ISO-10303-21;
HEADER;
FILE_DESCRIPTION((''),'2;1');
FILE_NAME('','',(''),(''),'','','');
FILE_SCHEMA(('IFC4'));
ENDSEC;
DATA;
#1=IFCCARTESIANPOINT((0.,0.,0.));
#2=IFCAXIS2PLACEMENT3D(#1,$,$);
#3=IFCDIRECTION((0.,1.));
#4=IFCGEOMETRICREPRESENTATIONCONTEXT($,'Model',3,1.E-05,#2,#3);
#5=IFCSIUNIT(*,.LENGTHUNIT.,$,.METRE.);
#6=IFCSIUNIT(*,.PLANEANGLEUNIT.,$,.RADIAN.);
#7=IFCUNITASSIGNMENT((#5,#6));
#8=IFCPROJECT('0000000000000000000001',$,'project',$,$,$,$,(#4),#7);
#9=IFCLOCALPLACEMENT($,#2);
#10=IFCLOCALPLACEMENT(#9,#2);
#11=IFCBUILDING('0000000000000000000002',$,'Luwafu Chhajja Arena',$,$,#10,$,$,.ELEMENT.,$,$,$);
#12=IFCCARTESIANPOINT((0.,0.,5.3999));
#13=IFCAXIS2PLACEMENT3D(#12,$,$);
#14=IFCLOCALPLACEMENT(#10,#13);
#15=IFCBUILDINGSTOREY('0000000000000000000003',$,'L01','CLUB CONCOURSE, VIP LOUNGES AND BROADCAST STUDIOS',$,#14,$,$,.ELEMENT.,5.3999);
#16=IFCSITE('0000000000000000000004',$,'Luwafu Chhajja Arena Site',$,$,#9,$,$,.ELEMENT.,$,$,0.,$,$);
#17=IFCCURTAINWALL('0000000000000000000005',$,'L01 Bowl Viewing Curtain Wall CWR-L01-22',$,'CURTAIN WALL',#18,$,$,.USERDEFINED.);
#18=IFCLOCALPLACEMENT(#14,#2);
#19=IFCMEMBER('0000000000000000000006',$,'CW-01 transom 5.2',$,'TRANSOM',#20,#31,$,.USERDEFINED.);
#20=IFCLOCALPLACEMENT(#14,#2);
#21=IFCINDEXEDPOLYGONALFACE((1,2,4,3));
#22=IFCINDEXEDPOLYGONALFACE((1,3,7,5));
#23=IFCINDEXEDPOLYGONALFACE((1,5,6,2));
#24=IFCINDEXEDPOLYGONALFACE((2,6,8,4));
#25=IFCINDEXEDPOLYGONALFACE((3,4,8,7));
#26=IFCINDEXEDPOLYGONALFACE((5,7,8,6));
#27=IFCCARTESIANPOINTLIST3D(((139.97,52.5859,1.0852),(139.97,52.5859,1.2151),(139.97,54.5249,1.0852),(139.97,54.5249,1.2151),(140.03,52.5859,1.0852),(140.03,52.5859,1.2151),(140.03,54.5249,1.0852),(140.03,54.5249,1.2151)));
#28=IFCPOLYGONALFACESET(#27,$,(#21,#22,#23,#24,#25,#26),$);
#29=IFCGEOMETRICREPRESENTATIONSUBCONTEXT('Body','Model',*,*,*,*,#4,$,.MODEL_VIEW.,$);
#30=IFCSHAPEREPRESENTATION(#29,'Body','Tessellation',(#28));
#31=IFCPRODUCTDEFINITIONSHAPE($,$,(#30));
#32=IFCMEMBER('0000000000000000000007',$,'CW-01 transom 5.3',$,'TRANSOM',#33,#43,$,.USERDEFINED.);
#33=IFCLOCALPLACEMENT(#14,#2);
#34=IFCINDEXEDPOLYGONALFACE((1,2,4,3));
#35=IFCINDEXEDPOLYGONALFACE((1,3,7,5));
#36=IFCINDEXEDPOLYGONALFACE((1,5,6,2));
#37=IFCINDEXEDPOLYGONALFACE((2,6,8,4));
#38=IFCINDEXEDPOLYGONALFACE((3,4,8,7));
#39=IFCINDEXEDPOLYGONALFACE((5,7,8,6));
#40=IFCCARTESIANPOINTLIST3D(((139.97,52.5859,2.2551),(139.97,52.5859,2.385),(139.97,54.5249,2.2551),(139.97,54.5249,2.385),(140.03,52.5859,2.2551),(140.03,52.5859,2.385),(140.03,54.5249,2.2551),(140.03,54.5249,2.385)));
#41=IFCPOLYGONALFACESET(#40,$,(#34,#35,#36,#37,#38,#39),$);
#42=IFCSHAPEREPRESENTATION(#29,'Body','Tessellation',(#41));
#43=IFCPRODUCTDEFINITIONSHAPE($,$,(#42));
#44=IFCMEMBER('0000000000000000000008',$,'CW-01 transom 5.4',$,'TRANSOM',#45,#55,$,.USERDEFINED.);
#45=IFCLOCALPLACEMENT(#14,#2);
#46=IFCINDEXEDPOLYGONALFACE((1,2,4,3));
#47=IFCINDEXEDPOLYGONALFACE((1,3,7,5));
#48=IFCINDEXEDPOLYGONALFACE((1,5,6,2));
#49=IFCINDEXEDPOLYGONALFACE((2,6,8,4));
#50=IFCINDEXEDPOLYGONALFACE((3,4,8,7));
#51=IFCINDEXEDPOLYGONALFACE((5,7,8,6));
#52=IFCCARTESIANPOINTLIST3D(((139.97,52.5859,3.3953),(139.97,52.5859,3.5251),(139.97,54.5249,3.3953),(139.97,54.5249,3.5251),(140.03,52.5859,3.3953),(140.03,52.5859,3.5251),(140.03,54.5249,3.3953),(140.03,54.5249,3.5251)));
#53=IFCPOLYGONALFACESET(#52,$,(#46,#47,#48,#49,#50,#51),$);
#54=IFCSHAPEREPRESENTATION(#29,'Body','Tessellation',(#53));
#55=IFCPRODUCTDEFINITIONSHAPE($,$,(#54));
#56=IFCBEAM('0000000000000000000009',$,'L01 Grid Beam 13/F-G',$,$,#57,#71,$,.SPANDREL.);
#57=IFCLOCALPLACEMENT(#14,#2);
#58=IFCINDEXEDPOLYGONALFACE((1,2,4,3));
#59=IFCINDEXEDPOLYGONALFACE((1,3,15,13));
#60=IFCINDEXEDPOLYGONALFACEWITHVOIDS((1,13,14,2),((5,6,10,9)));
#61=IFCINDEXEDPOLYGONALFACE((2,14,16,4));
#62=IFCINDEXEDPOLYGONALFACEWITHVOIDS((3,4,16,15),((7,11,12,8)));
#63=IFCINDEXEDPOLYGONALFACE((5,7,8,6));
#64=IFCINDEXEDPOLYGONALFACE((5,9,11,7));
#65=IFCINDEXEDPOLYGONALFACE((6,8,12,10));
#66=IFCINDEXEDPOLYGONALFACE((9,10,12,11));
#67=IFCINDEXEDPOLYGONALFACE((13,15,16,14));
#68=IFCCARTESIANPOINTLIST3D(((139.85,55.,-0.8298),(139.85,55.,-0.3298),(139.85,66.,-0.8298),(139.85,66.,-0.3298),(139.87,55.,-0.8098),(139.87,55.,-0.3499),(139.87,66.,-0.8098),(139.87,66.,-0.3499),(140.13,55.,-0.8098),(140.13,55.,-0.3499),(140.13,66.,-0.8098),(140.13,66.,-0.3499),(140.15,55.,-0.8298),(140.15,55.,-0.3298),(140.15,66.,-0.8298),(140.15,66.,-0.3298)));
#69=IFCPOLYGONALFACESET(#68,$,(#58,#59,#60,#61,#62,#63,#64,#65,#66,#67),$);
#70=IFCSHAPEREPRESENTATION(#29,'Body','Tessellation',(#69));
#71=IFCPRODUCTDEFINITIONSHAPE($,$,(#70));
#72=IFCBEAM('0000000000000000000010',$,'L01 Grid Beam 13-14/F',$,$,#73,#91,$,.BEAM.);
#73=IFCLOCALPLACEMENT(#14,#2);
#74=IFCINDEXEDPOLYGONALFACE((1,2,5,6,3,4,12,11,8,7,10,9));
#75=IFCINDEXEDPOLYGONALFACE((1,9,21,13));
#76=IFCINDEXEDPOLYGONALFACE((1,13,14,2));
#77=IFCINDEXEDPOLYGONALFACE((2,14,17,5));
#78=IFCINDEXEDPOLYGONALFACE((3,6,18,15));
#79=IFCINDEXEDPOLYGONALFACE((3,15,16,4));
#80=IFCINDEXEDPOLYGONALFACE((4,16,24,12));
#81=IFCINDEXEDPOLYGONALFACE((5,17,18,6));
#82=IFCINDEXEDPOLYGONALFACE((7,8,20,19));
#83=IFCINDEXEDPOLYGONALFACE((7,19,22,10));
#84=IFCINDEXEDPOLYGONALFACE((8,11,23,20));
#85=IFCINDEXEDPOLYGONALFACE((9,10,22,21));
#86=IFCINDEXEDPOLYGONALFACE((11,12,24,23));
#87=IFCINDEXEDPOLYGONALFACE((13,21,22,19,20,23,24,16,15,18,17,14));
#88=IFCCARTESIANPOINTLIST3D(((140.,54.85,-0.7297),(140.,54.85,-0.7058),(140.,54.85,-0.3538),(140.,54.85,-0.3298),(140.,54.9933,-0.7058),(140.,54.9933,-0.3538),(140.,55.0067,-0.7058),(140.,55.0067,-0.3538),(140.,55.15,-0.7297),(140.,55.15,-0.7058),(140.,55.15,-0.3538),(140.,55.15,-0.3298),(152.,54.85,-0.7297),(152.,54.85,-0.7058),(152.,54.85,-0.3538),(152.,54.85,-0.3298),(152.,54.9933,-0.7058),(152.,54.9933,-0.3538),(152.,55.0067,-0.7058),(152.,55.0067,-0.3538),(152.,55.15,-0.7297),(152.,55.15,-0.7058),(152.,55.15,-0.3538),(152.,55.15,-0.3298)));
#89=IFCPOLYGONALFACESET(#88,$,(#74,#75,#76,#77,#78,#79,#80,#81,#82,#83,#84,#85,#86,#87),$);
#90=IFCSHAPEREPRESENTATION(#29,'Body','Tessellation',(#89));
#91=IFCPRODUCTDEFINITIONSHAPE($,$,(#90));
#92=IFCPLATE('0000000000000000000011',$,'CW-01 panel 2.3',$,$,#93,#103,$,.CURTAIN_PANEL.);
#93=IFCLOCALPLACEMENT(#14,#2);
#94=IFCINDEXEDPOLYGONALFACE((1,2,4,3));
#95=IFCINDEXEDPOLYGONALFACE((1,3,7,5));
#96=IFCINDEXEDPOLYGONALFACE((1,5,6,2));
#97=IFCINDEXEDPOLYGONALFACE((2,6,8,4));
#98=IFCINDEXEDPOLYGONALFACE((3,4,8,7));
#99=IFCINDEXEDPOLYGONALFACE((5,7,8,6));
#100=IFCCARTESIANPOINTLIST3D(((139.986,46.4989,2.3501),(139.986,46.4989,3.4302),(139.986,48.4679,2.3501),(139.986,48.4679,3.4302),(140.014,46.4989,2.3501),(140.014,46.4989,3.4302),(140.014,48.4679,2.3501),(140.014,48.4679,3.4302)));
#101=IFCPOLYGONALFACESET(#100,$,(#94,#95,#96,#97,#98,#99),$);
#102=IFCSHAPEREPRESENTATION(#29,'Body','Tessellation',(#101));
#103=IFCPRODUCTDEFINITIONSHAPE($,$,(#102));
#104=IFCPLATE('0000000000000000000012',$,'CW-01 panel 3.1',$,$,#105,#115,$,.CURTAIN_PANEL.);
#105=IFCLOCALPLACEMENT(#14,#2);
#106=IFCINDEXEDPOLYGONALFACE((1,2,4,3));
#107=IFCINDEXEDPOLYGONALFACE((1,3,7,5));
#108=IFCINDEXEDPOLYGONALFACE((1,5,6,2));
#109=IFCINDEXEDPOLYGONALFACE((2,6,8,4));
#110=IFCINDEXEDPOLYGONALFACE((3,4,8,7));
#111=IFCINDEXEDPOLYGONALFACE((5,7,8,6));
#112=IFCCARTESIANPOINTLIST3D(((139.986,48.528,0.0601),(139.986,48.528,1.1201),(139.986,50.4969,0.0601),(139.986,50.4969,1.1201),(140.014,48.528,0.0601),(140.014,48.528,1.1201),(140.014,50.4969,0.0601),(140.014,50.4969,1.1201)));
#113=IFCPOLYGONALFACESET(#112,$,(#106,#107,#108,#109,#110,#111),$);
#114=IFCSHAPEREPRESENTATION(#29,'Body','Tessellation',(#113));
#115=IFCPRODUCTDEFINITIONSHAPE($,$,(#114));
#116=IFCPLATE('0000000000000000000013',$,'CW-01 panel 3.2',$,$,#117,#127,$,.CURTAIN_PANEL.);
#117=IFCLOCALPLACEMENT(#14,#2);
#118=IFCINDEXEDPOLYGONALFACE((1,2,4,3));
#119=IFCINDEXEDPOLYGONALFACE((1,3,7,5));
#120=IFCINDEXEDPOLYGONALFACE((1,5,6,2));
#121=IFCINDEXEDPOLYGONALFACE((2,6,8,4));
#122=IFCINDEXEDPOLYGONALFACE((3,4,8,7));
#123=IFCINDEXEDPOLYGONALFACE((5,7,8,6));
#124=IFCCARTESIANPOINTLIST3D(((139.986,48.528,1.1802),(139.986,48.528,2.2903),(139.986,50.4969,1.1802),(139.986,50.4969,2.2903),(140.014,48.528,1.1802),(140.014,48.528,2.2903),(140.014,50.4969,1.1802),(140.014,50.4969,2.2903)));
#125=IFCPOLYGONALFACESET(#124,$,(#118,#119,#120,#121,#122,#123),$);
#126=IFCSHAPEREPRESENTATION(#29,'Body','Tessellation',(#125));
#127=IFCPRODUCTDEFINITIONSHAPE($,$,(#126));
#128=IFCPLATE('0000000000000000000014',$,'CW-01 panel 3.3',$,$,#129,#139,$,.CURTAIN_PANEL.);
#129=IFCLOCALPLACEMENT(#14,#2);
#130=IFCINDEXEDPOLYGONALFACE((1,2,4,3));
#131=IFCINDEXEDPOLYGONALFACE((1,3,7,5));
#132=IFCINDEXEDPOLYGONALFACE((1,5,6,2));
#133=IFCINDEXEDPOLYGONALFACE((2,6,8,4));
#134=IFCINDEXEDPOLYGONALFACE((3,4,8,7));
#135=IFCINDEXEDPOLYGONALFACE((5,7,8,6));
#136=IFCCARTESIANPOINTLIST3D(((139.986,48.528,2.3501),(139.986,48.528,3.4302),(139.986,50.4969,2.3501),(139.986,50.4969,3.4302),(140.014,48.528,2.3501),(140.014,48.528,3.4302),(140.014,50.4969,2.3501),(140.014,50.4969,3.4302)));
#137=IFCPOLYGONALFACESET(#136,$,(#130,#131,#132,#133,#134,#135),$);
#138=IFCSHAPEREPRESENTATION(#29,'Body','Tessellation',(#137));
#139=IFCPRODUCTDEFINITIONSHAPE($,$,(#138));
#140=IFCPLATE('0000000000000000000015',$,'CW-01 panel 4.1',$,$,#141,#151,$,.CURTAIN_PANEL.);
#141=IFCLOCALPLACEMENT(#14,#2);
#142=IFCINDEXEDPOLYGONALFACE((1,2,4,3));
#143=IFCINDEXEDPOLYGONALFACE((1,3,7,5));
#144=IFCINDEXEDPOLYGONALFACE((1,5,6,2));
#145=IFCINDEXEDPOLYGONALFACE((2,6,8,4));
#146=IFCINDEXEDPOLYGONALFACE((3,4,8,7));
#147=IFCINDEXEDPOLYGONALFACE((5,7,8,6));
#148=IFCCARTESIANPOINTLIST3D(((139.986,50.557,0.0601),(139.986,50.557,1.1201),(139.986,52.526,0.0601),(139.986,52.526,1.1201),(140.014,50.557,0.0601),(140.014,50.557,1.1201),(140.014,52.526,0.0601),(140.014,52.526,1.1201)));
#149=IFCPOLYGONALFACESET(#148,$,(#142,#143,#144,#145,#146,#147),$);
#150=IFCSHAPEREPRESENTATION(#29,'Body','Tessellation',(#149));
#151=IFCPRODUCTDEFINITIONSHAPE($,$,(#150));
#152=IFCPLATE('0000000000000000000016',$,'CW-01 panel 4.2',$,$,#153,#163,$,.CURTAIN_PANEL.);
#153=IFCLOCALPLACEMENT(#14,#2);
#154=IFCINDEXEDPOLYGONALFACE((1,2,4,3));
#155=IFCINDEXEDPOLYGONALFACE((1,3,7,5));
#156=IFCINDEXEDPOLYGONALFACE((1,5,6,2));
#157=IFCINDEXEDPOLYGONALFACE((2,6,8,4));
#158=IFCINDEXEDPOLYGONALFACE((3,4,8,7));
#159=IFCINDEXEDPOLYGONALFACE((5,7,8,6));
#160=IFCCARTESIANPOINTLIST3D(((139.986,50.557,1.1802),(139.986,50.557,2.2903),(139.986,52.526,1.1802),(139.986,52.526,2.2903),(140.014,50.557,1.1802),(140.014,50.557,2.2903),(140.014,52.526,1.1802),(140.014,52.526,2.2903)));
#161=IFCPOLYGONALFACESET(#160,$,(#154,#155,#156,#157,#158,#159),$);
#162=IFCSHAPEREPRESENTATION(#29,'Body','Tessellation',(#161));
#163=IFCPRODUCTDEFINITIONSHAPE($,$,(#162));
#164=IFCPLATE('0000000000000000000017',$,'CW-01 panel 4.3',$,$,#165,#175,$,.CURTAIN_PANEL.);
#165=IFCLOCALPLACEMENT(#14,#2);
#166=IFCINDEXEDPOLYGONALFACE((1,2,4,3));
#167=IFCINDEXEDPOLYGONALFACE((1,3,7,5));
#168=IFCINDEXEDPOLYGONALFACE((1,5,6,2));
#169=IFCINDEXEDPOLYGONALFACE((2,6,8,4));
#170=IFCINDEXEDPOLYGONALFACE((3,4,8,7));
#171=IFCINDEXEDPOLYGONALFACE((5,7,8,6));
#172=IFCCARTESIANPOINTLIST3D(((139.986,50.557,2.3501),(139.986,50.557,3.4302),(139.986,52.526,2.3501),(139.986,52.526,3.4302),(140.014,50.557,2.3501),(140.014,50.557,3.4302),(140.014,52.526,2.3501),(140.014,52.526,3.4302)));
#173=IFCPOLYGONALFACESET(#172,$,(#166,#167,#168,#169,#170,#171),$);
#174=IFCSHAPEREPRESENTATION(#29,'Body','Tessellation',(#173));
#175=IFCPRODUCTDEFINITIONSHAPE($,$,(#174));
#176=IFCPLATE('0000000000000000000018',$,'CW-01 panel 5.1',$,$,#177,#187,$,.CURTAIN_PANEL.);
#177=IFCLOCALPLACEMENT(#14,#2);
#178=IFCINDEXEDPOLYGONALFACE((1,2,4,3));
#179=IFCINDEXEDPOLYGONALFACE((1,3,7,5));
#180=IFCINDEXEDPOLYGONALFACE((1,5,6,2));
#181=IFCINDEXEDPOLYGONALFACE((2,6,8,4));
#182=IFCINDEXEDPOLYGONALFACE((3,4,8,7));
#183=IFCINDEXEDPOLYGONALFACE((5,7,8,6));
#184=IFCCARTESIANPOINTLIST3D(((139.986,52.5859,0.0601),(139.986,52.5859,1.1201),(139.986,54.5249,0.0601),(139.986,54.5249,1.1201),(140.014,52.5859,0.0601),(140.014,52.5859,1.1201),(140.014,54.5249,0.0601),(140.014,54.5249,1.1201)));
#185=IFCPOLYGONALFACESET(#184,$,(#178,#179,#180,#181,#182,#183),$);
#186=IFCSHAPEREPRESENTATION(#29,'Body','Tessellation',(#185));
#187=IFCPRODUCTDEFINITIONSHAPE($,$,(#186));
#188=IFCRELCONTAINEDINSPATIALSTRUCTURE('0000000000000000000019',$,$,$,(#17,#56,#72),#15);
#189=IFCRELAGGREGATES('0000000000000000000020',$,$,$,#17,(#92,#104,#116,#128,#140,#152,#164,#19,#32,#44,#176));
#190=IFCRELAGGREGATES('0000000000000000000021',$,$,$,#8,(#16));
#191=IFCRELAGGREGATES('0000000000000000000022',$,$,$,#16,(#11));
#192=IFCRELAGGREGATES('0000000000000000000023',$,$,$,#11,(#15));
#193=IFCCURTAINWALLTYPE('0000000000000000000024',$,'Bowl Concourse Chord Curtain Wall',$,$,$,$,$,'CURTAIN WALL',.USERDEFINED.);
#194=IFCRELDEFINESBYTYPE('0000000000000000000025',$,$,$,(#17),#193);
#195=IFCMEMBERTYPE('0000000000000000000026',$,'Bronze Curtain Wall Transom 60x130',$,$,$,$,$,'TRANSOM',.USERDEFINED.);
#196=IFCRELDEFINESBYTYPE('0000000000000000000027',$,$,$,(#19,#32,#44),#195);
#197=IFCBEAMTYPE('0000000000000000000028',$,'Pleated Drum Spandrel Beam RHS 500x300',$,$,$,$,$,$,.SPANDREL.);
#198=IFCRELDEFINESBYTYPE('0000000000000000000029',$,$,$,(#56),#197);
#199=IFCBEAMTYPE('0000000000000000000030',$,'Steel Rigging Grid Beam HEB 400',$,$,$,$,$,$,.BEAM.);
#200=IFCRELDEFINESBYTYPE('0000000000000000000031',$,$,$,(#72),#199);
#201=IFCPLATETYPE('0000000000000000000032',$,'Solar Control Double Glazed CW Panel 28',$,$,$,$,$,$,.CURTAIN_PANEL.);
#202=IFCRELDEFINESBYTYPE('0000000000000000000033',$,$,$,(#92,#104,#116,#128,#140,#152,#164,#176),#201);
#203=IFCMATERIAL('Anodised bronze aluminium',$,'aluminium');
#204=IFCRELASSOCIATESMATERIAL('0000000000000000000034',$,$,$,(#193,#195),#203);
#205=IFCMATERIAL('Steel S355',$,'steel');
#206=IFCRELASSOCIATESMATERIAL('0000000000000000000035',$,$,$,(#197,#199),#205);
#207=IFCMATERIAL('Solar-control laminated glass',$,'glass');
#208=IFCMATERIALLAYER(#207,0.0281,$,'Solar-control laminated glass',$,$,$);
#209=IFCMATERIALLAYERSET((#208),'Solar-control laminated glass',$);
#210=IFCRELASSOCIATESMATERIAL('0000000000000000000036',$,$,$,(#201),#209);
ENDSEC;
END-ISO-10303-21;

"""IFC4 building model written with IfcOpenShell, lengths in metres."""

from ifc_helpers import new_model, si_unit, direction, frame, origin, origin_2d, place, context, subcontext, project, spatial, rectangle, hollow_rectangle, i_section, extrude, material, layer, layer_set, material_profile, profile_set, type_object, element, aggregate, save


model = new_model("IFC4")

# Units and contexts
model_context = context("Model", 3, precision=1e-05, world=origin(), true_north=direction((0.0, 1.0)))
body_context = subcontext(model_context, "Body", "Model", "MODEL_VIEW")
ifc_project = project(units=[si_unit("LENGTHUNIT", "METRE"), si_unit("PLANEANGLEUNIT", "RADIAN")], contexts=[model_context])

# Site, building, storey
site_placement = place(None, origin())
site = spatial("IfcSite", under=ifc_project, at=site_placement, Name="Luwafu Chhajja Arena Site", CompositionType="ELEMENT", RefElevation=0.0)
building_placement = place(site_placement, origin())
building = spatial("IfcBuilding", under=site, at=building_placement, Name="Luwafu Chhajja Arena", CompositionType="ELEMENT")
storey_placement = place(building_placement, frame((0.0, 0.0, 5.3999)))
storey = spatial("IfcBuildingStorey", under=building, at=storey_placement, Name="L01", Description="CLUB CONCOURSE, VIP LOUNGES AND BROADCAST STUDIOS", CompositionType="ELEMENT", Elevation=5.3999)

# Curtain wall, members
ifc_material_1 = material(Name="Anodised bronze aluminium", Category="aluminium")
curtain_wall_type = type_object("IfcCurtainWallType", Name="Bowl Concourse Chord Curtain Wall", ElementType="CURTAIN WALL", PredefinedType="USERDEFINED", material=ifc_material_1)
curtain_wall_placement = place(storey_placement, origin())
curtain_wall = element("IfcCurtainWall", 1, at=curtain_wall_placement, inside=storey, type_object=curtain_wall_type, Name="L01 Bowl Viewing Curtain Wall CWR-L01-22", ObjectType="CURTAIN WALL", PredefinedType="USERDEFINED")
ifc_material_profile_1 = material_profile(ifc_material_1, rectangle(XDim=0.0601, YDim=0.1299, at=origin_2d()), Name="CWT 60x130")
ifc_profile_set_1 = profile_set([ifc_material_profile_1], Name="Anodised bronze aluminium")
member_type_1 = type_object("IfcMemberType", Name="Bronze Curtain Wall Transom 60x130", ElementType="TRANSOM", PredefinedType="USERDEFINED", material=ifc_profile_set_1)
member_1_placement = place(storey_placement, frame((140.0, 52.5859, 1.1501), z_axis=(0.0, 1.0, 0.0), x_axis=(-1.0, 0.0, 0.0)))
member_1 = element("IfcMember", 2, at=member_1_placement, type_object=member_type_1, Name="CW-01 transom 5.2", ObjectType="TRANSOM", PredefinedType="USERDEFINED", context=body_context, shape_type="SweptSolid", body=[
    extrude(rectangle(XDim=0.0601, YDim=0.1299, at=origin_2d()), origin(), (0.0, 0.0, 1.0), 1.939),
])
member_2_placement = place(storey_placement, frame((140.0, 52.5859, 2.3201), z_axis=(0.0, 1.0, 0.0), x_axis=(-1.0, 0.0, 0.0)))
member_2 = element("IfcMember", 3, at=member_2_placement, type_object=member_type_1, Name="CW-01 transom 5.3", ObjectType="TRANSOM", PredefinedType="USERDEFINED", context=body_context, shape_type="SweptSolid", body=[
    extrude(rectangle(XDim=0.0601, YDim=0.1299, at=origin_2d()), origin(), (0.0, 0.0, 1.0), 1.939),
])
member_3_placement = place(storey_placement, frame((140.0, 52.5859, 3.4602), z_axis=(0.0, 1.0, 0.0), x_axis=(-1.0, 0.0, 0.0)))
member_3 = element("IfcMember", 4, at=member_3_placement, type_object=member_type_1, Name="CW-01 transom 5.4", ObjectType="TRANSOM", PredefinedType="USERDEFINED", context=body_context, shape_type="SweptSolid", body=[
    extrude(rectangle(XDim=0.0601, YDim=0.1299, at=origin_2d()), origin(), (0.0, 0.0, 1.0), 1.939),
])

# Beams
ifc_material_2 = material(Name="Steel S355", Category="steel")
ifc_material_profile_2 = material_profile(ifc_material_2, hollow_rectangle(XDim=0.3, YDim=0.5, WallThickness=0.02, at=origin_2d()), Name="RHS 500x300x20")
ifc_profile_set_2 = profile_set([ifc_material_profile_2], Name="Steel S355")
beam_type_1 = type_object("IfcBeamType", Name="Pleated Drum Spandrel Beam RHS 500x300", PredefinedType="SPANDREL", material=ifc_profile_set_2)
beam_1_placement = place(storey_placement, frame((140.0, 55.0, -0.5798), z_axis=(0.0, 1.0, 0.0), x_axis=(-1.0, 0.0, 0.0)))
element("IfcBeam", 5, at=beam_1_placement, inside=storey, type_object=beam_type_1, Name="L01 Grid Beam 13/F-G", PredefinedType="SPANDREL", context=body_context, shape_type="SweptSolid", body=[
    extrude(hollow_rectangle(XDim=0.3, YDim=0.5, WallThickness=0.02, at=origin_2d()), origin(), (0.0, 0.0, 1.0), 11.0),
])
ifc_material_profile_3 = material_profile(ifc_material_2, i_section(OverallWidth=0.3, OverallDepth=0.3999, WebThickness=0.0134, FlangeThickness=0.0239, at=origin_2d()), Name="HEB 400")
ifc_profile_set_3 = profile_set([ifc_material_profile_3], Name="Steel S355")
beam_type_2 = type_object("IfcBeamType", Name="Steel Rigging Grid Beam HEB 400", PredefinedType="BEAM", material=ifc_profile_set_3)
beam_2_placement = place(storey_placement, frame((140.0, 55.0, -0.5298), z_axis=(1.0, 0.0, 0.0), x_axis=(0.0, 1.0, 0.0)))
element("IfcBeam", 6, at=beam_2_placement, inside=storey, type_object=beam_type_2, Name="L01 Grid Beam 13-14/F", PredefinedType="BEAM", context=body_context, shape_type="SweptSolid", body=[
    extrude(i_section(OverallWidth=0.3, OverallDepth=0.3999, WebThickness=0.0134, FlangeThickness=0.0239, at=origin_2d()), origin(), (0.0, 0.0, 1.0), 12.0),
])

# Plates
ifc_material_3 = material(Name="Solar-control laminated glass", Category="glass")
ifc_layer = layer(ifc_material_3, 0.0281, Name="Solar-control laminated glass")
ifc_layer_set = layer_set([ifc_layer], Name="Solar-control laminated glass")
plate_type = type_object("IfcPlateType", Name="Solar Control Double Glazed CW Panel 28", PredefinedType="CURTAIN_PANEL", material=ifc_layer_set)
plate_1_placement = place(storey_placement, frame((140.0, 47.4834, 2.3501), z_axis=(0.0, 0.0, 1.0), x_axis=(0.0, 1.0, 0.0)))
plate_1 = element("IfcPlate", 7, at=plate_1_placement, type_object=plate_type, Name="CW-01 panel 2.3", PredefinedType="CURTAIN_PANEL", context=body_context, shape_type="SweptSolid", body=[
    extrude(rectangle(XDim=1.969, YDim=0.0281, at=origin_2d()), origin(), (0.0, 0.0, 1.0), 1.0801),
])
plate_2_placement = place(storey_placement, frame((140.0, 49.5125, 0.0601), z_axis=(0.0, 0.0, 1.0), x_axis=(0.0, 1.0, 0.0)))
plate_2 = element("IfcPlate", 8, at=plate_2_placement, type_object=plate_type, Name="CW-01 panel 3.1", PredefinedType="CURTAIN_PANEL", context=body_context, shape_type="SweptSolid", body=[
    extrude(rectangle(XDim=1.969, YDim=0.0281, at=origin_2d()), origin(), (0.0, 0.0, 1.0), 1.0601),
])
plate_3_placement = place(storey_placement, frame((140.0, 49.5125, 1.1802), z_axis=(0.0, 0.0, 1.0), x_axis=(0.0, 1.0, 0.0)))
plate_3 = element("IfcPlate", 9, at=plate_3_placement, type_object=plate_type, Name="CW-01 panel 3.2", PredefinedType="CURTAIN_PANEL", context=body_context, shape_type="SweptSolid", body=[
    extrude(rectangle(XDim=1.969, YDim=0.0281, at=origin_2d()), origin(), (0.0, 0.0, 1.0), 1.1101),
])
plate_4_placement = place(storey_placement, frame((140.0, 49.5125, 2.3501), z_axis=(0.0, 0.0, 1.0), x_axis=(0.0, 1.0, 0.0)))
plate_4 = element("IfcPlate", 10, at=plate_4_placement, type_object=plate_type, Name="CW-01 panel 3.3", PredefinedType="CURTAIN_PANEL", context=body_context, shape_type="SweptSolid", body=[
    extrude(rectangle(XDim=1.969, YDim=0.0281, at=origin_2d()), origin(), (0.0, 0.0, 1.0), 1.0801),
])
plate_5_placement = place(storey_placement, frame((140.0, 51.5415, 0.0601), z_axis=(0.0, 0.0, 1.0), x_axis=(0.0, 1.0, 0.0)))
plate_5 = element("IfcPlate", 11, at=plate_5_placement, type_object=plate_type, Name="CW-01 panel 4.1", PredefinedType="CURTAIN_PANEL", context=body_context, shape_type="SweptSolid", body=[
    extrude(rectangle(XDim=1.969, YDim=0.0281, at=origin_2d()), origin(), (0.0, 0.0, 1.0), 1.0601),
])
plate_6_placement = place(storey_placement, frame((140.0, 51.5415, 1.1802), z_axis=(0.0, 0.0, 1.0), x_axis=(0.0, 1.0, 0.0)))
plate_6 = element("IfcPlate", 12, at=plate_6_placement, type_object=plate_type, Name="CW-01 panel 4.2", PredefinedType="CURTAIN_PANEL", context=body_context, shape_type="SweptSolid", body=[
    extrude(rectangle(XDim=1.969, YDim=0.0281, at=origin_2d()), origin(), (0.0, 0.0, 1.0), 1.1101),
])
plate_7_placement = place(storey_placement, frame((140.0, 51.5415, 2.3501), z_axis=(0.0, 0.0, 1.0), x_axis=(0.0, 1.0, 0.0)))
plate_7 = element("IfcPlate", 13, at=plate_7_placement, type_object=plate_type, Name="CW-01 panel 4.3", PredefinedType="CURTAIN_PANEL", context=body_context, shape_type="SweptSolid", body=[
    extrude(rectangle(XDim=1.969, YDim=0.0281, at=origin_2d()), origin(), (0.0, 0.0, 1.0), 1.0801),
])
plate_8_placement = place(storey_placement, frame((140.0, 53.5554, 0.0601), z_axis=(0.0, 0.0, 1.0), x_axis=(0.0, 1.0, 0.0)))
plate_8 = element("IfcPlate", 14, at=plate_8_placement, type_object=plate_type, Name="CW-01 panel 5.1", PredefinedType="CURTAIN_PANEL", context=body_context, shape_type="SweptSolid", body=[
    extrude(rectangle(XDim=1.939, YDim=0.0281, at=origin_2d()), origin(), (0.0, 0.0, 1.0), 1.0601),
])
aggregate(curtain_wall, [plate_1, plate_2, plate_3, plate_4, plate_5, plate_6, plate_7, member_1, member_2, member_3, plate_8])

save(model, "model.ifc")
